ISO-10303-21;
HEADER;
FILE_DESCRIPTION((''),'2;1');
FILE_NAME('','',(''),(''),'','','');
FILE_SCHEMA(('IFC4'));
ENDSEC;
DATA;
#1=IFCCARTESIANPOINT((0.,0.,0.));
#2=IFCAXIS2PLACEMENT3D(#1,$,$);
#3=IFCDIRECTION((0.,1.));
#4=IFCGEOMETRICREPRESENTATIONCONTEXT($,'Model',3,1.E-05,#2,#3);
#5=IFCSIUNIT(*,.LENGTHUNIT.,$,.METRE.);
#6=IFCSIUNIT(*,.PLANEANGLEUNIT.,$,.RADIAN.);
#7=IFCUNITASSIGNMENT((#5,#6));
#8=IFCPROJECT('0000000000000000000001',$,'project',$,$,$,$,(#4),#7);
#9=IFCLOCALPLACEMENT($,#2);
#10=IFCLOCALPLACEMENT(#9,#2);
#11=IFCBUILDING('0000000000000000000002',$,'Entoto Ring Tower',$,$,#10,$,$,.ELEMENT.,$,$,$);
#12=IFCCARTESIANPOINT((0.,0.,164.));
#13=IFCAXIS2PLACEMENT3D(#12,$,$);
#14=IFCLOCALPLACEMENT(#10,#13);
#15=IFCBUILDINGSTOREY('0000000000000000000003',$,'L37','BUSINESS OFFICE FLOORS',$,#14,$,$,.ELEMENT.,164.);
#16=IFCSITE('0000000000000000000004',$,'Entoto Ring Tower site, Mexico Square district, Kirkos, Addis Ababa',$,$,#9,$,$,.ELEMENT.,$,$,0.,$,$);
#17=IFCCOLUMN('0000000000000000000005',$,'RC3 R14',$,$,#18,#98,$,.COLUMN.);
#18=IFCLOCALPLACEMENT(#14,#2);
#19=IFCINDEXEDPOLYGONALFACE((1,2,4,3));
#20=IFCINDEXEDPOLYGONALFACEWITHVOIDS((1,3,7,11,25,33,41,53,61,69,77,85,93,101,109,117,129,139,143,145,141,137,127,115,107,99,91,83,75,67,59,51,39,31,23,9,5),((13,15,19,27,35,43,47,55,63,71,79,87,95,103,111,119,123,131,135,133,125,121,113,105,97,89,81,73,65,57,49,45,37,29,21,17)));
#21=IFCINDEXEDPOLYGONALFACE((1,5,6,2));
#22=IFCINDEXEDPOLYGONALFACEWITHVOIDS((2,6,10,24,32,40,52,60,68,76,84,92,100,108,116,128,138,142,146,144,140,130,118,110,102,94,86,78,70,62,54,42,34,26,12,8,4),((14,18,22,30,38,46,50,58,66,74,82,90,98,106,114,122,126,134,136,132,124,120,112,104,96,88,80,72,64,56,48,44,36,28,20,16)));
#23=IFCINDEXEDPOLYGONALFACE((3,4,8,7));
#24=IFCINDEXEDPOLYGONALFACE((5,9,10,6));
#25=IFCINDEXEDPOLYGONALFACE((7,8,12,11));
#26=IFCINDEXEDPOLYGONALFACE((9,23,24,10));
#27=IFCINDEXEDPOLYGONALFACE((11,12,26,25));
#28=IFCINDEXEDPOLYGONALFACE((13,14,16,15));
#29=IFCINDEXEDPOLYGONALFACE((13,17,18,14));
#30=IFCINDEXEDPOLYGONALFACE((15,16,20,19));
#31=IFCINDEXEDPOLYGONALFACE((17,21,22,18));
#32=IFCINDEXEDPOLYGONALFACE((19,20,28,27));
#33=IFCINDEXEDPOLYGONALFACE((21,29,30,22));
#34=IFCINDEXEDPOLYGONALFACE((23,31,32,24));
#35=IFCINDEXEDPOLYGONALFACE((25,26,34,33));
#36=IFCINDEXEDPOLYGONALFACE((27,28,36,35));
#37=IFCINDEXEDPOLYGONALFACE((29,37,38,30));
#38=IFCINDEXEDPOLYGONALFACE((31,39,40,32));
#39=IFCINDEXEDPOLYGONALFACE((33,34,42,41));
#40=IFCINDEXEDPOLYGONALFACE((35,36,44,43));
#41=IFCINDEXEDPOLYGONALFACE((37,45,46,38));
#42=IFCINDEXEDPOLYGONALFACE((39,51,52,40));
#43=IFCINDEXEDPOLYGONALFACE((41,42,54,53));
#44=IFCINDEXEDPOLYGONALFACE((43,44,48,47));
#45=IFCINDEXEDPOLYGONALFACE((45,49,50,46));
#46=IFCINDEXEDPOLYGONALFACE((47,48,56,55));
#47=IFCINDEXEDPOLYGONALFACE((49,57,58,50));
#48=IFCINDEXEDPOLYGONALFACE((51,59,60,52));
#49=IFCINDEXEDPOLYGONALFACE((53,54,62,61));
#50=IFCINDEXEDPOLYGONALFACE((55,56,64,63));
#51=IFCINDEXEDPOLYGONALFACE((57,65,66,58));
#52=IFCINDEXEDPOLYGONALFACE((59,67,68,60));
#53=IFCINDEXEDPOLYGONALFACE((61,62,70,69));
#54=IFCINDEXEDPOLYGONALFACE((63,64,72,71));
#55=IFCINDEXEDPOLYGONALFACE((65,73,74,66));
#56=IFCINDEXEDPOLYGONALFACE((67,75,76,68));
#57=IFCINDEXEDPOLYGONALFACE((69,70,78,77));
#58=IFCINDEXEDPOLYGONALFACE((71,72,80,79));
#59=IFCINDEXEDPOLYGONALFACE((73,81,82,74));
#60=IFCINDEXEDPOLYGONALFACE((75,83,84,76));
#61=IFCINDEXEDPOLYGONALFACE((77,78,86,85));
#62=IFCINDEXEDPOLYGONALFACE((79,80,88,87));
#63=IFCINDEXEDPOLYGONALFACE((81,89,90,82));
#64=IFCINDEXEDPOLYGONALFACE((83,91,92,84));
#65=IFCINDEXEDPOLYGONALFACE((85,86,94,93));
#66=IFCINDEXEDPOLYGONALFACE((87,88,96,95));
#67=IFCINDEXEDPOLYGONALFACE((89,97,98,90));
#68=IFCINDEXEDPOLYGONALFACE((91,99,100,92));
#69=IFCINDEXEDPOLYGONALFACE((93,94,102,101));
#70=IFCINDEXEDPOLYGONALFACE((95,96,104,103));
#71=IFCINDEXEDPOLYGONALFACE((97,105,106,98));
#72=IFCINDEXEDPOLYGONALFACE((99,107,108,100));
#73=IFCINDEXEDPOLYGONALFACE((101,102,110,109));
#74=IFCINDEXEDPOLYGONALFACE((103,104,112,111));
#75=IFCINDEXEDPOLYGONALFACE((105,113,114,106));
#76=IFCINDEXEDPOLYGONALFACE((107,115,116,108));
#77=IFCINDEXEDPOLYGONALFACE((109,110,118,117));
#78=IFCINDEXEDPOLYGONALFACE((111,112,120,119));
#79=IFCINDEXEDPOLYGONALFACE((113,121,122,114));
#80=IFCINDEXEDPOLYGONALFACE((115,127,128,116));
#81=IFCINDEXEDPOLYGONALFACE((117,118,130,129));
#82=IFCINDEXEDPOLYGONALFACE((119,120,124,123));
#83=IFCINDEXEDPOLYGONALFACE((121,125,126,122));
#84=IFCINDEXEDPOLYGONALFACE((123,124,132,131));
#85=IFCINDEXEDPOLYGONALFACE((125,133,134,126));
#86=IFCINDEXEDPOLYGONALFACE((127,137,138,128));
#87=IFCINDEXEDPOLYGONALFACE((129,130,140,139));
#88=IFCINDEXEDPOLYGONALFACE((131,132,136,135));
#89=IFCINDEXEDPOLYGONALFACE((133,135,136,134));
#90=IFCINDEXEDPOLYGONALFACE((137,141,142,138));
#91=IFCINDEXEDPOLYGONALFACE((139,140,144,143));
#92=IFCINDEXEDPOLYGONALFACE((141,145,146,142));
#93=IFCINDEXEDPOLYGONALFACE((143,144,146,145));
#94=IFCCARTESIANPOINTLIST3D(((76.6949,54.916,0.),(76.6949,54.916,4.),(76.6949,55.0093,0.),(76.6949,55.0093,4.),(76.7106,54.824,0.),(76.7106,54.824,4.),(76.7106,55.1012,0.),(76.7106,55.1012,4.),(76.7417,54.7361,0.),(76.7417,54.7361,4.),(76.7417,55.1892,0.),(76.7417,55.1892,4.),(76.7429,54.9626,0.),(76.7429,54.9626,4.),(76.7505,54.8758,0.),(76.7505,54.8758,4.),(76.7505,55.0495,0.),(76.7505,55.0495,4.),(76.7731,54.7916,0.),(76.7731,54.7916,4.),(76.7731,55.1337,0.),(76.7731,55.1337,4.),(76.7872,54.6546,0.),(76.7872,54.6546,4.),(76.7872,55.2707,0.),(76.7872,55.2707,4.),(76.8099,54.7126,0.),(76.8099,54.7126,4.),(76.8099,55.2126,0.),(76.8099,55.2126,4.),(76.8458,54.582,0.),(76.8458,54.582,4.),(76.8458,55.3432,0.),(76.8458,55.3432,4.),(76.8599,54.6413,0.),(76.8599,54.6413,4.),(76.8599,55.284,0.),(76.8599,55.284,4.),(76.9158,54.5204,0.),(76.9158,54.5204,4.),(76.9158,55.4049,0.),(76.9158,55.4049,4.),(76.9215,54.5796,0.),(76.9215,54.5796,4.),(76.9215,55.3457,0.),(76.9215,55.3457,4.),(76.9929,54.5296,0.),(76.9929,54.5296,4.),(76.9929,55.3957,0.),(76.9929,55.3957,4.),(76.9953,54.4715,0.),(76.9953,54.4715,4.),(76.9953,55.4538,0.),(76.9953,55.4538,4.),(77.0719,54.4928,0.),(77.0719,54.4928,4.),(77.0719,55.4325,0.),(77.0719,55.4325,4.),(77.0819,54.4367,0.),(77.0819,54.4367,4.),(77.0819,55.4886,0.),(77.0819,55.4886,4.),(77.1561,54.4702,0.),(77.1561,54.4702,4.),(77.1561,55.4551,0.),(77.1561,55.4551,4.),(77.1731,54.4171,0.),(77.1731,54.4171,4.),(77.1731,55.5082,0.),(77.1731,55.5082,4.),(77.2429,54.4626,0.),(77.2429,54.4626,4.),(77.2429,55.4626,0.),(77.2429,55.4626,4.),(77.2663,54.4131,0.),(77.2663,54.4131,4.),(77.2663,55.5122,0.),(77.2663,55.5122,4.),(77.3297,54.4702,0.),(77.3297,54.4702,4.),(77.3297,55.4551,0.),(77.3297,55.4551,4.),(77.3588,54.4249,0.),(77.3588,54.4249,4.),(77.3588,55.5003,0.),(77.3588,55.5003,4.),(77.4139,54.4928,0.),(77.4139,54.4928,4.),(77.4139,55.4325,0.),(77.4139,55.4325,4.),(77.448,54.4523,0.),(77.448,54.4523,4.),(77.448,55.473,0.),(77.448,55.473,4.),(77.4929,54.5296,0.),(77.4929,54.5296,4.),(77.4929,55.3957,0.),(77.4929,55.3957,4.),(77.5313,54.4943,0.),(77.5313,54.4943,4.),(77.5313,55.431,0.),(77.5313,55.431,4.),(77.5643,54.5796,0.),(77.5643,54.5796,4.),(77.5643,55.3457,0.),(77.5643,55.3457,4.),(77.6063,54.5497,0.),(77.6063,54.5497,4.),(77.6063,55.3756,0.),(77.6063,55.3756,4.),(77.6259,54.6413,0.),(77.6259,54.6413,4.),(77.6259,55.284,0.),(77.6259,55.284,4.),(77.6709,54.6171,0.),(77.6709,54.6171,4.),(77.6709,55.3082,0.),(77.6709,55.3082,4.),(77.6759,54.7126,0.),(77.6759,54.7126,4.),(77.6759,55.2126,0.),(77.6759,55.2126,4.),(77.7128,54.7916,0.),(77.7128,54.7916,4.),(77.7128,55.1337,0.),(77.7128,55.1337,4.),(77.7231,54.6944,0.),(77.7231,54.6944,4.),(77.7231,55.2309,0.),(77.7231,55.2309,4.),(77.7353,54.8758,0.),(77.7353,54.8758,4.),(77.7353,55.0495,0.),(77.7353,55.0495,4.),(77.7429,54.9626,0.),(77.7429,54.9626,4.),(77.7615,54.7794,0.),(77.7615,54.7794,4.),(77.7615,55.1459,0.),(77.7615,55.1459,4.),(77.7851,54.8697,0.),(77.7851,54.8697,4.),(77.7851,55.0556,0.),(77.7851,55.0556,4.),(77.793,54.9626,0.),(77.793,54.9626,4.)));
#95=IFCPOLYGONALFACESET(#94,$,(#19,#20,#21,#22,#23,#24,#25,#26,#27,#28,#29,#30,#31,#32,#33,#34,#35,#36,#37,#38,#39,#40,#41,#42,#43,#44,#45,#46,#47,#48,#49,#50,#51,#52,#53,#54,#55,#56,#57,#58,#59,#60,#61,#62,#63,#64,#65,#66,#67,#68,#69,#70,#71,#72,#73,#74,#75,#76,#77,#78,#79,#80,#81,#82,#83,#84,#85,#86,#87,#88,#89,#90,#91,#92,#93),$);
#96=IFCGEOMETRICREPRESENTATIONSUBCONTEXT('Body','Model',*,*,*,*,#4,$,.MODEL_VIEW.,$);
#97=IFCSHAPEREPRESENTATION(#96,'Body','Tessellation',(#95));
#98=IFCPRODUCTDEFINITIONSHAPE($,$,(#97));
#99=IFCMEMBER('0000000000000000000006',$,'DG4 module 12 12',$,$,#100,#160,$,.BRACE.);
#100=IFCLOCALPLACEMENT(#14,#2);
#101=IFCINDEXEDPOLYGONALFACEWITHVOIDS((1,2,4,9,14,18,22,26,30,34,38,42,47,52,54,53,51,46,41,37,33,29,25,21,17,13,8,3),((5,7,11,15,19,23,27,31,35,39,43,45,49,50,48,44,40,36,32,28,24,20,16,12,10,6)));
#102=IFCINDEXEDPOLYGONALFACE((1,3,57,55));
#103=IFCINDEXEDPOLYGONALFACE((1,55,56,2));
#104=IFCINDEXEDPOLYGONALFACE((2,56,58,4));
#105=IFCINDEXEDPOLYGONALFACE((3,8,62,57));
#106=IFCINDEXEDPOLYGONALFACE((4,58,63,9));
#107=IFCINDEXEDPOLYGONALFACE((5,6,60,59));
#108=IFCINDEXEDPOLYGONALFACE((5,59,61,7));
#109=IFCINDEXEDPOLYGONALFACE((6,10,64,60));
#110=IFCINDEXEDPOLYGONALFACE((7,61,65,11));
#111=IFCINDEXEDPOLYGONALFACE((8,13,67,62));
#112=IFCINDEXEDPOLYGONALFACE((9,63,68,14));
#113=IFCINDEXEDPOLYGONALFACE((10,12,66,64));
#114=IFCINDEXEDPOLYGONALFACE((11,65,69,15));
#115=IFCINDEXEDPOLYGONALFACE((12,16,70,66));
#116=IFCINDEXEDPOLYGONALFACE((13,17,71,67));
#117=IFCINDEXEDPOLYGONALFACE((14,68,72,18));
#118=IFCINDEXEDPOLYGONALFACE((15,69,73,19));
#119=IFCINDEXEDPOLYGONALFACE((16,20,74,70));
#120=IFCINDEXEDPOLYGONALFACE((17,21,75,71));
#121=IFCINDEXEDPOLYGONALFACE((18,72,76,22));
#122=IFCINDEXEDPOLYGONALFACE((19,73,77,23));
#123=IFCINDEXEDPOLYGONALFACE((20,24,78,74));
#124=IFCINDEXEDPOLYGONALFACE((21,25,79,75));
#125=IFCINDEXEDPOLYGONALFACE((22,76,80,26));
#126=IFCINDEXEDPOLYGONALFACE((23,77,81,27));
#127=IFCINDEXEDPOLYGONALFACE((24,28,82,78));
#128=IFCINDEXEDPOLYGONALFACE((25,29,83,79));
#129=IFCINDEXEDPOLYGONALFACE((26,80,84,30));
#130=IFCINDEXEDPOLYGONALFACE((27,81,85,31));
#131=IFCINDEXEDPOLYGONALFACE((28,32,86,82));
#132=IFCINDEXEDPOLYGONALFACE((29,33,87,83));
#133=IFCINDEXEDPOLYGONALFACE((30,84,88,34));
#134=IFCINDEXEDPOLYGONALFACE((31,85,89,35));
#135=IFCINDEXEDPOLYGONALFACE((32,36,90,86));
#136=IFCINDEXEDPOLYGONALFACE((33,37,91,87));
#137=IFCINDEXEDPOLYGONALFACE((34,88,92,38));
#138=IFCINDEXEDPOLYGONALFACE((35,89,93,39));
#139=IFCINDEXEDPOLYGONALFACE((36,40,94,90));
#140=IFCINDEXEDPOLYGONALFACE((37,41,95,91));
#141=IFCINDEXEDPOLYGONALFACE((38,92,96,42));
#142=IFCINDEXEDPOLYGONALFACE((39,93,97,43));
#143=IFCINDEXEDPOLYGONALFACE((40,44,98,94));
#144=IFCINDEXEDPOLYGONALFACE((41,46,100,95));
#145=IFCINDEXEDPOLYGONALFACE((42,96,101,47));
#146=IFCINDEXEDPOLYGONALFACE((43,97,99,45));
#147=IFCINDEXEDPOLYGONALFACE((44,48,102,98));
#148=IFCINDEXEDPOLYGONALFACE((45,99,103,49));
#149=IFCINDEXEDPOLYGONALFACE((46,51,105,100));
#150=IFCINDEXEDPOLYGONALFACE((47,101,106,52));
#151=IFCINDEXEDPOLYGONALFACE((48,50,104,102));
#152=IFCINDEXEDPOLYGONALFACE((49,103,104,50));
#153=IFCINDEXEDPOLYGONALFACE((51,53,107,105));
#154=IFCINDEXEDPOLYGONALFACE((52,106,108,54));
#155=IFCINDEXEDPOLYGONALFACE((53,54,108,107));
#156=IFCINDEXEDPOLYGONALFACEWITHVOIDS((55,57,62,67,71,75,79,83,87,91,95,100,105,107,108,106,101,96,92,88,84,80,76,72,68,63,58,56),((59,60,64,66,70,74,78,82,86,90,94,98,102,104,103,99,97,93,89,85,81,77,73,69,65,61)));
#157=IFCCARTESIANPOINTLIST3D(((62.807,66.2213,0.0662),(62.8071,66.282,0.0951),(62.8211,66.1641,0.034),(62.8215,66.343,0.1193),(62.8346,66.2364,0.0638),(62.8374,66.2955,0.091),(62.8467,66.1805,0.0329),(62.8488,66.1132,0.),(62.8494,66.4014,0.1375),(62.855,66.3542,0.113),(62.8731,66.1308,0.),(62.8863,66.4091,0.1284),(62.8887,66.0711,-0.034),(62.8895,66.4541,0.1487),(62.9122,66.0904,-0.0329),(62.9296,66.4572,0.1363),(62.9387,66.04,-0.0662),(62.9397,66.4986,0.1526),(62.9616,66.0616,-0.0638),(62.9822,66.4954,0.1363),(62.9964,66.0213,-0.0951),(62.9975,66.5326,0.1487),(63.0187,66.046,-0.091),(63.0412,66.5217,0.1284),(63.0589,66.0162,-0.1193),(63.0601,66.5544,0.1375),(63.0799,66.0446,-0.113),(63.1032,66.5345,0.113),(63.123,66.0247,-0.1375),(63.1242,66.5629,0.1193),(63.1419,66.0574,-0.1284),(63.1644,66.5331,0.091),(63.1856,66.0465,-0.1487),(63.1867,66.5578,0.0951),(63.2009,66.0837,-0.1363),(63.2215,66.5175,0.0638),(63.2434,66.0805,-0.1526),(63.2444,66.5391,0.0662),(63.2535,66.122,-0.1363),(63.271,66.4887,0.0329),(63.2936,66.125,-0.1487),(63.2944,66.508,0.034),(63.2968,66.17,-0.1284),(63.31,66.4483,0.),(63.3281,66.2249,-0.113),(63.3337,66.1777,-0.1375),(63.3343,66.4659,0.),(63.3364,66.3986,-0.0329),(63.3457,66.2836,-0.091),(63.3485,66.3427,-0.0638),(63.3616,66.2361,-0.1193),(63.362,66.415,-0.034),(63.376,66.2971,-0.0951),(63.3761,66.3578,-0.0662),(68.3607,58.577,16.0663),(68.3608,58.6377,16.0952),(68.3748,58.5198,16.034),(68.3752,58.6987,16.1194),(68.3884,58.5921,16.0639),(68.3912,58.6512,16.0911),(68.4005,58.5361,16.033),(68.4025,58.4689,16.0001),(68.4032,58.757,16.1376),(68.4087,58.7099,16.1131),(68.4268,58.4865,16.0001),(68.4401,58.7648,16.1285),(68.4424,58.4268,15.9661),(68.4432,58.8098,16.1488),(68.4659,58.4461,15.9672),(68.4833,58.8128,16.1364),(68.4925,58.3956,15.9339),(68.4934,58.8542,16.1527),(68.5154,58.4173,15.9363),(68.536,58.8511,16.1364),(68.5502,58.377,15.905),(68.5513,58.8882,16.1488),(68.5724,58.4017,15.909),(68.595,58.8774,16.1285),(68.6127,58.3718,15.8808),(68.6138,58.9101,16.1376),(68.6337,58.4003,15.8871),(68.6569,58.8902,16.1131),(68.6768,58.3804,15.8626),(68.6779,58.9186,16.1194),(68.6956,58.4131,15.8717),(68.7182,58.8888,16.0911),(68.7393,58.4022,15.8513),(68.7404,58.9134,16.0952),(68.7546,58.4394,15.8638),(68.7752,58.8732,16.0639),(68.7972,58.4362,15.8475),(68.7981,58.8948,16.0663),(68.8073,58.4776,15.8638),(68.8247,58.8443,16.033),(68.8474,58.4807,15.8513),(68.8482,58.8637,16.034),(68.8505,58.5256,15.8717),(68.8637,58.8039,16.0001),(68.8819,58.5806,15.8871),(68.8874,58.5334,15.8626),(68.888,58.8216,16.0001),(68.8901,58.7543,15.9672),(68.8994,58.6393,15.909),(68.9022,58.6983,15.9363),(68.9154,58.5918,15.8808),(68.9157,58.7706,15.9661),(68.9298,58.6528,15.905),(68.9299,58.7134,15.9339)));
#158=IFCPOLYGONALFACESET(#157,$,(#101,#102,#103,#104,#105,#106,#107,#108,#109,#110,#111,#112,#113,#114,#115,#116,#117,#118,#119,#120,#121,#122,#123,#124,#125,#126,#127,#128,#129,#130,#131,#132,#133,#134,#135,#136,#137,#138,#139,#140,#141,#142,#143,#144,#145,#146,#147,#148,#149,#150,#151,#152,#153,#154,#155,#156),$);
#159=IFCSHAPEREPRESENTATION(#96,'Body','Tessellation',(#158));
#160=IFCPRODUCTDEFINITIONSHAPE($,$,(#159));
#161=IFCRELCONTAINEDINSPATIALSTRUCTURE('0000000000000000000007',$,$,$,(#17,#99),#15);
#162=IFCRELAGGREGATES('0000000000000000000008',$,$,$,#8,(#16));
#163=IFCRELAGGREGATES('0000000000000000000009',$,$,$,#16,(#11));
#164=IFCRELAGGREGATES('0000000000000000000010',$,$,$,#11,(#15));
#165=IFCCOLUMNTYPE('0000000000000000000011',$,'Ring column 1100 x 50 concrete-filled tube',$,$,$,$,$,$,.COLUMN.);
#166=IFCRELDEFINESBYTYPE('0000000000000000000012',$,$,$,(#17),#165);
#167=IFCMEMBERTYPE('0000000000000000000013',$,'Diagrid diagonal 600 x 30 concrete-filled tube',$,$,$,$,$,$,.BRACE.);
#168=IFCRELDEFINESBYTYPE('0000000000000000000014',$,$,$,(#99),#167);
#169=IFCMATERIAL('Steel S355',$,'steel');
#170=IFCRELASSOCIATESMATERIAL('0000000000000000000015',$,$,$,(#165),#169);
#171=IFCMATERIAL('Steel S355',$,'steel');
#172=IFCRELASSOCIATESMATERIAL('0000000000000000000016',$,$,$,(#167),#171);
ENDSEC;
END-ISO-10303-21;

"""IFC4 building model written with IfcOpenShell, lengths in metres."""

from ifc_helpers import new_model, si_unit, direction, frame, origin, origin_2d, place, context, subcontext, project, spatial, circle, hollow_circle, extrude, material, material_profile, profile_set, type_object, element, save


model = new_model("IFC4")

# Units and contexts
model_context = context("Model", 3, precision=1e-05, world=origin(), true_north=direction((0.0, 1.0)))
body_context = subcontext(model_context, "Body", "Model", "MODEL_VIEW")
ifc_project = project(units=[si_unit("LENGTHUNIT", "METRE"), si_unit("PLANEANGLEUNIT", "RADIAN")], contexts=[model_context])

# Site, building, storey
site_placement = place(None, origin())
site = spatial("IfcSite", under=ifc_project, at=site_placement, Name="Entoto Ring Tower site, Mexico Square district, Kirkos, Addis Ababa", CompositionType="ELEMENT", RefElevation=0.0)
building_placement = place(site_placement, origin())
building = spatial("IfcBuilding", under=site, at=building_placement, Name="Entoto Ring Tower", CompositionType="ELEMENT")
storey_placement = place(building_placement, frame((0.0, 0.0, 164.0)))
storey = spatial("IfcBuildingStorey", under=building, at=storey_placement, Name="L37", Description="BUSINESS OFFICE FLOORS", CompositionType="ELEMENT", Elevation=164.0)

# Column
ifc_material_1 = material(Name="Steel S355", Category="steel")
ifc_material_profile_1 = material_profile(ifc_material_1, hollow_circle(Radius=0.55, WallThickness=0.05, at=origin_2d()), Name="CHS 1100 x 50")
ifc_material_2 = material(Name="Concrete C60/75", Category="concrete")
ifc_material_profile_2 = material_profile(ifc_material_2, circle(Radius=0.5, at=origin_2d()), Name="Concrete C60/75 infill")
ifc_profile_set_1 = profile_set([ifc_material_profile_1, ifc_material_profile_2], Name="Steel S355")
column_type = type_object("IfcColumnType", Name="Ring column 1100 x 50 concrete-filled tube", PredefinedType="COLUMN", material=ifc_profile_set_1)
for number, where, z_axis, x_axis, name in (
    (1, (77.2429, 54.9626, 0.0), (0.0, 0.0, 1.0), (1.0, 0.0, 0.0), "RC3 R14"),
):
    element("IfcColumn", number, at=place(storey_placement, frame(where, z_axis=z_axis, x_axis=x_axis)), inside=storey, type_object=column_type, Name=name, PredefinedType="COLUMN", context=body_context, shape_type="SweptSolid", body=[
        extrude(hollow_circle(Radius=0.55, WallThickness=0.05, at=origin_2d()), origin(), (0.0, 0.0, 1.0), 4.0),
    ])

# Member
ifc_material_3 = material(Name="Steel S355", Category="steel")
ifc_material_profile_3 = material_profile(ifc_material_3, hollow_circle(Radius=0.3, WallThickness=0.03, at=origin_2d()), Name="CHS 600 x 30")
ifc_material_4 = material(Name="Concrete C60/75", Category="concrete")
ifc_material_profile_4 = material_profile(ifc_material_4, circle(Radius=0.27, at=origin_2d()), Name="Concrete C60/75 infill")
ifc_profile_set_2 = profile_set([ifc_material_profile_3, ifc_material_profile_4], Name="Steel S355")
member_type_1 = type_object("IfcMemberType", Name="Diagrid diagonal 600 x 30 concrete-filled tube", PredefinedType="BRACE", material=ifc_profile_set_2)
for number, where, z_axis, x_axis, name in (
    (2, (63.0916, 66.2896, 0.0), (0.298881, -0.411388, 0.861063), (0.809026, 0.587772, 0.0), "DG4 module 12 12"),
):
    element("IfcMember", number, at=place(storey_placement, frame(where, z_axis=z_axis, x_axis=x_axis)), inside=storey, type_object=member_type_1, Name=name, PredefinedType="BRACE", context=body_context, shape_type="SweptSolid", body=[
        extrude(hollow_circle(Radius=0.3, WallThickness=0.03, at=origin_2d()), origin(), (0.0, 0.0, 1.0), 18.5818),
    ])

save(model, "model.ifc")
